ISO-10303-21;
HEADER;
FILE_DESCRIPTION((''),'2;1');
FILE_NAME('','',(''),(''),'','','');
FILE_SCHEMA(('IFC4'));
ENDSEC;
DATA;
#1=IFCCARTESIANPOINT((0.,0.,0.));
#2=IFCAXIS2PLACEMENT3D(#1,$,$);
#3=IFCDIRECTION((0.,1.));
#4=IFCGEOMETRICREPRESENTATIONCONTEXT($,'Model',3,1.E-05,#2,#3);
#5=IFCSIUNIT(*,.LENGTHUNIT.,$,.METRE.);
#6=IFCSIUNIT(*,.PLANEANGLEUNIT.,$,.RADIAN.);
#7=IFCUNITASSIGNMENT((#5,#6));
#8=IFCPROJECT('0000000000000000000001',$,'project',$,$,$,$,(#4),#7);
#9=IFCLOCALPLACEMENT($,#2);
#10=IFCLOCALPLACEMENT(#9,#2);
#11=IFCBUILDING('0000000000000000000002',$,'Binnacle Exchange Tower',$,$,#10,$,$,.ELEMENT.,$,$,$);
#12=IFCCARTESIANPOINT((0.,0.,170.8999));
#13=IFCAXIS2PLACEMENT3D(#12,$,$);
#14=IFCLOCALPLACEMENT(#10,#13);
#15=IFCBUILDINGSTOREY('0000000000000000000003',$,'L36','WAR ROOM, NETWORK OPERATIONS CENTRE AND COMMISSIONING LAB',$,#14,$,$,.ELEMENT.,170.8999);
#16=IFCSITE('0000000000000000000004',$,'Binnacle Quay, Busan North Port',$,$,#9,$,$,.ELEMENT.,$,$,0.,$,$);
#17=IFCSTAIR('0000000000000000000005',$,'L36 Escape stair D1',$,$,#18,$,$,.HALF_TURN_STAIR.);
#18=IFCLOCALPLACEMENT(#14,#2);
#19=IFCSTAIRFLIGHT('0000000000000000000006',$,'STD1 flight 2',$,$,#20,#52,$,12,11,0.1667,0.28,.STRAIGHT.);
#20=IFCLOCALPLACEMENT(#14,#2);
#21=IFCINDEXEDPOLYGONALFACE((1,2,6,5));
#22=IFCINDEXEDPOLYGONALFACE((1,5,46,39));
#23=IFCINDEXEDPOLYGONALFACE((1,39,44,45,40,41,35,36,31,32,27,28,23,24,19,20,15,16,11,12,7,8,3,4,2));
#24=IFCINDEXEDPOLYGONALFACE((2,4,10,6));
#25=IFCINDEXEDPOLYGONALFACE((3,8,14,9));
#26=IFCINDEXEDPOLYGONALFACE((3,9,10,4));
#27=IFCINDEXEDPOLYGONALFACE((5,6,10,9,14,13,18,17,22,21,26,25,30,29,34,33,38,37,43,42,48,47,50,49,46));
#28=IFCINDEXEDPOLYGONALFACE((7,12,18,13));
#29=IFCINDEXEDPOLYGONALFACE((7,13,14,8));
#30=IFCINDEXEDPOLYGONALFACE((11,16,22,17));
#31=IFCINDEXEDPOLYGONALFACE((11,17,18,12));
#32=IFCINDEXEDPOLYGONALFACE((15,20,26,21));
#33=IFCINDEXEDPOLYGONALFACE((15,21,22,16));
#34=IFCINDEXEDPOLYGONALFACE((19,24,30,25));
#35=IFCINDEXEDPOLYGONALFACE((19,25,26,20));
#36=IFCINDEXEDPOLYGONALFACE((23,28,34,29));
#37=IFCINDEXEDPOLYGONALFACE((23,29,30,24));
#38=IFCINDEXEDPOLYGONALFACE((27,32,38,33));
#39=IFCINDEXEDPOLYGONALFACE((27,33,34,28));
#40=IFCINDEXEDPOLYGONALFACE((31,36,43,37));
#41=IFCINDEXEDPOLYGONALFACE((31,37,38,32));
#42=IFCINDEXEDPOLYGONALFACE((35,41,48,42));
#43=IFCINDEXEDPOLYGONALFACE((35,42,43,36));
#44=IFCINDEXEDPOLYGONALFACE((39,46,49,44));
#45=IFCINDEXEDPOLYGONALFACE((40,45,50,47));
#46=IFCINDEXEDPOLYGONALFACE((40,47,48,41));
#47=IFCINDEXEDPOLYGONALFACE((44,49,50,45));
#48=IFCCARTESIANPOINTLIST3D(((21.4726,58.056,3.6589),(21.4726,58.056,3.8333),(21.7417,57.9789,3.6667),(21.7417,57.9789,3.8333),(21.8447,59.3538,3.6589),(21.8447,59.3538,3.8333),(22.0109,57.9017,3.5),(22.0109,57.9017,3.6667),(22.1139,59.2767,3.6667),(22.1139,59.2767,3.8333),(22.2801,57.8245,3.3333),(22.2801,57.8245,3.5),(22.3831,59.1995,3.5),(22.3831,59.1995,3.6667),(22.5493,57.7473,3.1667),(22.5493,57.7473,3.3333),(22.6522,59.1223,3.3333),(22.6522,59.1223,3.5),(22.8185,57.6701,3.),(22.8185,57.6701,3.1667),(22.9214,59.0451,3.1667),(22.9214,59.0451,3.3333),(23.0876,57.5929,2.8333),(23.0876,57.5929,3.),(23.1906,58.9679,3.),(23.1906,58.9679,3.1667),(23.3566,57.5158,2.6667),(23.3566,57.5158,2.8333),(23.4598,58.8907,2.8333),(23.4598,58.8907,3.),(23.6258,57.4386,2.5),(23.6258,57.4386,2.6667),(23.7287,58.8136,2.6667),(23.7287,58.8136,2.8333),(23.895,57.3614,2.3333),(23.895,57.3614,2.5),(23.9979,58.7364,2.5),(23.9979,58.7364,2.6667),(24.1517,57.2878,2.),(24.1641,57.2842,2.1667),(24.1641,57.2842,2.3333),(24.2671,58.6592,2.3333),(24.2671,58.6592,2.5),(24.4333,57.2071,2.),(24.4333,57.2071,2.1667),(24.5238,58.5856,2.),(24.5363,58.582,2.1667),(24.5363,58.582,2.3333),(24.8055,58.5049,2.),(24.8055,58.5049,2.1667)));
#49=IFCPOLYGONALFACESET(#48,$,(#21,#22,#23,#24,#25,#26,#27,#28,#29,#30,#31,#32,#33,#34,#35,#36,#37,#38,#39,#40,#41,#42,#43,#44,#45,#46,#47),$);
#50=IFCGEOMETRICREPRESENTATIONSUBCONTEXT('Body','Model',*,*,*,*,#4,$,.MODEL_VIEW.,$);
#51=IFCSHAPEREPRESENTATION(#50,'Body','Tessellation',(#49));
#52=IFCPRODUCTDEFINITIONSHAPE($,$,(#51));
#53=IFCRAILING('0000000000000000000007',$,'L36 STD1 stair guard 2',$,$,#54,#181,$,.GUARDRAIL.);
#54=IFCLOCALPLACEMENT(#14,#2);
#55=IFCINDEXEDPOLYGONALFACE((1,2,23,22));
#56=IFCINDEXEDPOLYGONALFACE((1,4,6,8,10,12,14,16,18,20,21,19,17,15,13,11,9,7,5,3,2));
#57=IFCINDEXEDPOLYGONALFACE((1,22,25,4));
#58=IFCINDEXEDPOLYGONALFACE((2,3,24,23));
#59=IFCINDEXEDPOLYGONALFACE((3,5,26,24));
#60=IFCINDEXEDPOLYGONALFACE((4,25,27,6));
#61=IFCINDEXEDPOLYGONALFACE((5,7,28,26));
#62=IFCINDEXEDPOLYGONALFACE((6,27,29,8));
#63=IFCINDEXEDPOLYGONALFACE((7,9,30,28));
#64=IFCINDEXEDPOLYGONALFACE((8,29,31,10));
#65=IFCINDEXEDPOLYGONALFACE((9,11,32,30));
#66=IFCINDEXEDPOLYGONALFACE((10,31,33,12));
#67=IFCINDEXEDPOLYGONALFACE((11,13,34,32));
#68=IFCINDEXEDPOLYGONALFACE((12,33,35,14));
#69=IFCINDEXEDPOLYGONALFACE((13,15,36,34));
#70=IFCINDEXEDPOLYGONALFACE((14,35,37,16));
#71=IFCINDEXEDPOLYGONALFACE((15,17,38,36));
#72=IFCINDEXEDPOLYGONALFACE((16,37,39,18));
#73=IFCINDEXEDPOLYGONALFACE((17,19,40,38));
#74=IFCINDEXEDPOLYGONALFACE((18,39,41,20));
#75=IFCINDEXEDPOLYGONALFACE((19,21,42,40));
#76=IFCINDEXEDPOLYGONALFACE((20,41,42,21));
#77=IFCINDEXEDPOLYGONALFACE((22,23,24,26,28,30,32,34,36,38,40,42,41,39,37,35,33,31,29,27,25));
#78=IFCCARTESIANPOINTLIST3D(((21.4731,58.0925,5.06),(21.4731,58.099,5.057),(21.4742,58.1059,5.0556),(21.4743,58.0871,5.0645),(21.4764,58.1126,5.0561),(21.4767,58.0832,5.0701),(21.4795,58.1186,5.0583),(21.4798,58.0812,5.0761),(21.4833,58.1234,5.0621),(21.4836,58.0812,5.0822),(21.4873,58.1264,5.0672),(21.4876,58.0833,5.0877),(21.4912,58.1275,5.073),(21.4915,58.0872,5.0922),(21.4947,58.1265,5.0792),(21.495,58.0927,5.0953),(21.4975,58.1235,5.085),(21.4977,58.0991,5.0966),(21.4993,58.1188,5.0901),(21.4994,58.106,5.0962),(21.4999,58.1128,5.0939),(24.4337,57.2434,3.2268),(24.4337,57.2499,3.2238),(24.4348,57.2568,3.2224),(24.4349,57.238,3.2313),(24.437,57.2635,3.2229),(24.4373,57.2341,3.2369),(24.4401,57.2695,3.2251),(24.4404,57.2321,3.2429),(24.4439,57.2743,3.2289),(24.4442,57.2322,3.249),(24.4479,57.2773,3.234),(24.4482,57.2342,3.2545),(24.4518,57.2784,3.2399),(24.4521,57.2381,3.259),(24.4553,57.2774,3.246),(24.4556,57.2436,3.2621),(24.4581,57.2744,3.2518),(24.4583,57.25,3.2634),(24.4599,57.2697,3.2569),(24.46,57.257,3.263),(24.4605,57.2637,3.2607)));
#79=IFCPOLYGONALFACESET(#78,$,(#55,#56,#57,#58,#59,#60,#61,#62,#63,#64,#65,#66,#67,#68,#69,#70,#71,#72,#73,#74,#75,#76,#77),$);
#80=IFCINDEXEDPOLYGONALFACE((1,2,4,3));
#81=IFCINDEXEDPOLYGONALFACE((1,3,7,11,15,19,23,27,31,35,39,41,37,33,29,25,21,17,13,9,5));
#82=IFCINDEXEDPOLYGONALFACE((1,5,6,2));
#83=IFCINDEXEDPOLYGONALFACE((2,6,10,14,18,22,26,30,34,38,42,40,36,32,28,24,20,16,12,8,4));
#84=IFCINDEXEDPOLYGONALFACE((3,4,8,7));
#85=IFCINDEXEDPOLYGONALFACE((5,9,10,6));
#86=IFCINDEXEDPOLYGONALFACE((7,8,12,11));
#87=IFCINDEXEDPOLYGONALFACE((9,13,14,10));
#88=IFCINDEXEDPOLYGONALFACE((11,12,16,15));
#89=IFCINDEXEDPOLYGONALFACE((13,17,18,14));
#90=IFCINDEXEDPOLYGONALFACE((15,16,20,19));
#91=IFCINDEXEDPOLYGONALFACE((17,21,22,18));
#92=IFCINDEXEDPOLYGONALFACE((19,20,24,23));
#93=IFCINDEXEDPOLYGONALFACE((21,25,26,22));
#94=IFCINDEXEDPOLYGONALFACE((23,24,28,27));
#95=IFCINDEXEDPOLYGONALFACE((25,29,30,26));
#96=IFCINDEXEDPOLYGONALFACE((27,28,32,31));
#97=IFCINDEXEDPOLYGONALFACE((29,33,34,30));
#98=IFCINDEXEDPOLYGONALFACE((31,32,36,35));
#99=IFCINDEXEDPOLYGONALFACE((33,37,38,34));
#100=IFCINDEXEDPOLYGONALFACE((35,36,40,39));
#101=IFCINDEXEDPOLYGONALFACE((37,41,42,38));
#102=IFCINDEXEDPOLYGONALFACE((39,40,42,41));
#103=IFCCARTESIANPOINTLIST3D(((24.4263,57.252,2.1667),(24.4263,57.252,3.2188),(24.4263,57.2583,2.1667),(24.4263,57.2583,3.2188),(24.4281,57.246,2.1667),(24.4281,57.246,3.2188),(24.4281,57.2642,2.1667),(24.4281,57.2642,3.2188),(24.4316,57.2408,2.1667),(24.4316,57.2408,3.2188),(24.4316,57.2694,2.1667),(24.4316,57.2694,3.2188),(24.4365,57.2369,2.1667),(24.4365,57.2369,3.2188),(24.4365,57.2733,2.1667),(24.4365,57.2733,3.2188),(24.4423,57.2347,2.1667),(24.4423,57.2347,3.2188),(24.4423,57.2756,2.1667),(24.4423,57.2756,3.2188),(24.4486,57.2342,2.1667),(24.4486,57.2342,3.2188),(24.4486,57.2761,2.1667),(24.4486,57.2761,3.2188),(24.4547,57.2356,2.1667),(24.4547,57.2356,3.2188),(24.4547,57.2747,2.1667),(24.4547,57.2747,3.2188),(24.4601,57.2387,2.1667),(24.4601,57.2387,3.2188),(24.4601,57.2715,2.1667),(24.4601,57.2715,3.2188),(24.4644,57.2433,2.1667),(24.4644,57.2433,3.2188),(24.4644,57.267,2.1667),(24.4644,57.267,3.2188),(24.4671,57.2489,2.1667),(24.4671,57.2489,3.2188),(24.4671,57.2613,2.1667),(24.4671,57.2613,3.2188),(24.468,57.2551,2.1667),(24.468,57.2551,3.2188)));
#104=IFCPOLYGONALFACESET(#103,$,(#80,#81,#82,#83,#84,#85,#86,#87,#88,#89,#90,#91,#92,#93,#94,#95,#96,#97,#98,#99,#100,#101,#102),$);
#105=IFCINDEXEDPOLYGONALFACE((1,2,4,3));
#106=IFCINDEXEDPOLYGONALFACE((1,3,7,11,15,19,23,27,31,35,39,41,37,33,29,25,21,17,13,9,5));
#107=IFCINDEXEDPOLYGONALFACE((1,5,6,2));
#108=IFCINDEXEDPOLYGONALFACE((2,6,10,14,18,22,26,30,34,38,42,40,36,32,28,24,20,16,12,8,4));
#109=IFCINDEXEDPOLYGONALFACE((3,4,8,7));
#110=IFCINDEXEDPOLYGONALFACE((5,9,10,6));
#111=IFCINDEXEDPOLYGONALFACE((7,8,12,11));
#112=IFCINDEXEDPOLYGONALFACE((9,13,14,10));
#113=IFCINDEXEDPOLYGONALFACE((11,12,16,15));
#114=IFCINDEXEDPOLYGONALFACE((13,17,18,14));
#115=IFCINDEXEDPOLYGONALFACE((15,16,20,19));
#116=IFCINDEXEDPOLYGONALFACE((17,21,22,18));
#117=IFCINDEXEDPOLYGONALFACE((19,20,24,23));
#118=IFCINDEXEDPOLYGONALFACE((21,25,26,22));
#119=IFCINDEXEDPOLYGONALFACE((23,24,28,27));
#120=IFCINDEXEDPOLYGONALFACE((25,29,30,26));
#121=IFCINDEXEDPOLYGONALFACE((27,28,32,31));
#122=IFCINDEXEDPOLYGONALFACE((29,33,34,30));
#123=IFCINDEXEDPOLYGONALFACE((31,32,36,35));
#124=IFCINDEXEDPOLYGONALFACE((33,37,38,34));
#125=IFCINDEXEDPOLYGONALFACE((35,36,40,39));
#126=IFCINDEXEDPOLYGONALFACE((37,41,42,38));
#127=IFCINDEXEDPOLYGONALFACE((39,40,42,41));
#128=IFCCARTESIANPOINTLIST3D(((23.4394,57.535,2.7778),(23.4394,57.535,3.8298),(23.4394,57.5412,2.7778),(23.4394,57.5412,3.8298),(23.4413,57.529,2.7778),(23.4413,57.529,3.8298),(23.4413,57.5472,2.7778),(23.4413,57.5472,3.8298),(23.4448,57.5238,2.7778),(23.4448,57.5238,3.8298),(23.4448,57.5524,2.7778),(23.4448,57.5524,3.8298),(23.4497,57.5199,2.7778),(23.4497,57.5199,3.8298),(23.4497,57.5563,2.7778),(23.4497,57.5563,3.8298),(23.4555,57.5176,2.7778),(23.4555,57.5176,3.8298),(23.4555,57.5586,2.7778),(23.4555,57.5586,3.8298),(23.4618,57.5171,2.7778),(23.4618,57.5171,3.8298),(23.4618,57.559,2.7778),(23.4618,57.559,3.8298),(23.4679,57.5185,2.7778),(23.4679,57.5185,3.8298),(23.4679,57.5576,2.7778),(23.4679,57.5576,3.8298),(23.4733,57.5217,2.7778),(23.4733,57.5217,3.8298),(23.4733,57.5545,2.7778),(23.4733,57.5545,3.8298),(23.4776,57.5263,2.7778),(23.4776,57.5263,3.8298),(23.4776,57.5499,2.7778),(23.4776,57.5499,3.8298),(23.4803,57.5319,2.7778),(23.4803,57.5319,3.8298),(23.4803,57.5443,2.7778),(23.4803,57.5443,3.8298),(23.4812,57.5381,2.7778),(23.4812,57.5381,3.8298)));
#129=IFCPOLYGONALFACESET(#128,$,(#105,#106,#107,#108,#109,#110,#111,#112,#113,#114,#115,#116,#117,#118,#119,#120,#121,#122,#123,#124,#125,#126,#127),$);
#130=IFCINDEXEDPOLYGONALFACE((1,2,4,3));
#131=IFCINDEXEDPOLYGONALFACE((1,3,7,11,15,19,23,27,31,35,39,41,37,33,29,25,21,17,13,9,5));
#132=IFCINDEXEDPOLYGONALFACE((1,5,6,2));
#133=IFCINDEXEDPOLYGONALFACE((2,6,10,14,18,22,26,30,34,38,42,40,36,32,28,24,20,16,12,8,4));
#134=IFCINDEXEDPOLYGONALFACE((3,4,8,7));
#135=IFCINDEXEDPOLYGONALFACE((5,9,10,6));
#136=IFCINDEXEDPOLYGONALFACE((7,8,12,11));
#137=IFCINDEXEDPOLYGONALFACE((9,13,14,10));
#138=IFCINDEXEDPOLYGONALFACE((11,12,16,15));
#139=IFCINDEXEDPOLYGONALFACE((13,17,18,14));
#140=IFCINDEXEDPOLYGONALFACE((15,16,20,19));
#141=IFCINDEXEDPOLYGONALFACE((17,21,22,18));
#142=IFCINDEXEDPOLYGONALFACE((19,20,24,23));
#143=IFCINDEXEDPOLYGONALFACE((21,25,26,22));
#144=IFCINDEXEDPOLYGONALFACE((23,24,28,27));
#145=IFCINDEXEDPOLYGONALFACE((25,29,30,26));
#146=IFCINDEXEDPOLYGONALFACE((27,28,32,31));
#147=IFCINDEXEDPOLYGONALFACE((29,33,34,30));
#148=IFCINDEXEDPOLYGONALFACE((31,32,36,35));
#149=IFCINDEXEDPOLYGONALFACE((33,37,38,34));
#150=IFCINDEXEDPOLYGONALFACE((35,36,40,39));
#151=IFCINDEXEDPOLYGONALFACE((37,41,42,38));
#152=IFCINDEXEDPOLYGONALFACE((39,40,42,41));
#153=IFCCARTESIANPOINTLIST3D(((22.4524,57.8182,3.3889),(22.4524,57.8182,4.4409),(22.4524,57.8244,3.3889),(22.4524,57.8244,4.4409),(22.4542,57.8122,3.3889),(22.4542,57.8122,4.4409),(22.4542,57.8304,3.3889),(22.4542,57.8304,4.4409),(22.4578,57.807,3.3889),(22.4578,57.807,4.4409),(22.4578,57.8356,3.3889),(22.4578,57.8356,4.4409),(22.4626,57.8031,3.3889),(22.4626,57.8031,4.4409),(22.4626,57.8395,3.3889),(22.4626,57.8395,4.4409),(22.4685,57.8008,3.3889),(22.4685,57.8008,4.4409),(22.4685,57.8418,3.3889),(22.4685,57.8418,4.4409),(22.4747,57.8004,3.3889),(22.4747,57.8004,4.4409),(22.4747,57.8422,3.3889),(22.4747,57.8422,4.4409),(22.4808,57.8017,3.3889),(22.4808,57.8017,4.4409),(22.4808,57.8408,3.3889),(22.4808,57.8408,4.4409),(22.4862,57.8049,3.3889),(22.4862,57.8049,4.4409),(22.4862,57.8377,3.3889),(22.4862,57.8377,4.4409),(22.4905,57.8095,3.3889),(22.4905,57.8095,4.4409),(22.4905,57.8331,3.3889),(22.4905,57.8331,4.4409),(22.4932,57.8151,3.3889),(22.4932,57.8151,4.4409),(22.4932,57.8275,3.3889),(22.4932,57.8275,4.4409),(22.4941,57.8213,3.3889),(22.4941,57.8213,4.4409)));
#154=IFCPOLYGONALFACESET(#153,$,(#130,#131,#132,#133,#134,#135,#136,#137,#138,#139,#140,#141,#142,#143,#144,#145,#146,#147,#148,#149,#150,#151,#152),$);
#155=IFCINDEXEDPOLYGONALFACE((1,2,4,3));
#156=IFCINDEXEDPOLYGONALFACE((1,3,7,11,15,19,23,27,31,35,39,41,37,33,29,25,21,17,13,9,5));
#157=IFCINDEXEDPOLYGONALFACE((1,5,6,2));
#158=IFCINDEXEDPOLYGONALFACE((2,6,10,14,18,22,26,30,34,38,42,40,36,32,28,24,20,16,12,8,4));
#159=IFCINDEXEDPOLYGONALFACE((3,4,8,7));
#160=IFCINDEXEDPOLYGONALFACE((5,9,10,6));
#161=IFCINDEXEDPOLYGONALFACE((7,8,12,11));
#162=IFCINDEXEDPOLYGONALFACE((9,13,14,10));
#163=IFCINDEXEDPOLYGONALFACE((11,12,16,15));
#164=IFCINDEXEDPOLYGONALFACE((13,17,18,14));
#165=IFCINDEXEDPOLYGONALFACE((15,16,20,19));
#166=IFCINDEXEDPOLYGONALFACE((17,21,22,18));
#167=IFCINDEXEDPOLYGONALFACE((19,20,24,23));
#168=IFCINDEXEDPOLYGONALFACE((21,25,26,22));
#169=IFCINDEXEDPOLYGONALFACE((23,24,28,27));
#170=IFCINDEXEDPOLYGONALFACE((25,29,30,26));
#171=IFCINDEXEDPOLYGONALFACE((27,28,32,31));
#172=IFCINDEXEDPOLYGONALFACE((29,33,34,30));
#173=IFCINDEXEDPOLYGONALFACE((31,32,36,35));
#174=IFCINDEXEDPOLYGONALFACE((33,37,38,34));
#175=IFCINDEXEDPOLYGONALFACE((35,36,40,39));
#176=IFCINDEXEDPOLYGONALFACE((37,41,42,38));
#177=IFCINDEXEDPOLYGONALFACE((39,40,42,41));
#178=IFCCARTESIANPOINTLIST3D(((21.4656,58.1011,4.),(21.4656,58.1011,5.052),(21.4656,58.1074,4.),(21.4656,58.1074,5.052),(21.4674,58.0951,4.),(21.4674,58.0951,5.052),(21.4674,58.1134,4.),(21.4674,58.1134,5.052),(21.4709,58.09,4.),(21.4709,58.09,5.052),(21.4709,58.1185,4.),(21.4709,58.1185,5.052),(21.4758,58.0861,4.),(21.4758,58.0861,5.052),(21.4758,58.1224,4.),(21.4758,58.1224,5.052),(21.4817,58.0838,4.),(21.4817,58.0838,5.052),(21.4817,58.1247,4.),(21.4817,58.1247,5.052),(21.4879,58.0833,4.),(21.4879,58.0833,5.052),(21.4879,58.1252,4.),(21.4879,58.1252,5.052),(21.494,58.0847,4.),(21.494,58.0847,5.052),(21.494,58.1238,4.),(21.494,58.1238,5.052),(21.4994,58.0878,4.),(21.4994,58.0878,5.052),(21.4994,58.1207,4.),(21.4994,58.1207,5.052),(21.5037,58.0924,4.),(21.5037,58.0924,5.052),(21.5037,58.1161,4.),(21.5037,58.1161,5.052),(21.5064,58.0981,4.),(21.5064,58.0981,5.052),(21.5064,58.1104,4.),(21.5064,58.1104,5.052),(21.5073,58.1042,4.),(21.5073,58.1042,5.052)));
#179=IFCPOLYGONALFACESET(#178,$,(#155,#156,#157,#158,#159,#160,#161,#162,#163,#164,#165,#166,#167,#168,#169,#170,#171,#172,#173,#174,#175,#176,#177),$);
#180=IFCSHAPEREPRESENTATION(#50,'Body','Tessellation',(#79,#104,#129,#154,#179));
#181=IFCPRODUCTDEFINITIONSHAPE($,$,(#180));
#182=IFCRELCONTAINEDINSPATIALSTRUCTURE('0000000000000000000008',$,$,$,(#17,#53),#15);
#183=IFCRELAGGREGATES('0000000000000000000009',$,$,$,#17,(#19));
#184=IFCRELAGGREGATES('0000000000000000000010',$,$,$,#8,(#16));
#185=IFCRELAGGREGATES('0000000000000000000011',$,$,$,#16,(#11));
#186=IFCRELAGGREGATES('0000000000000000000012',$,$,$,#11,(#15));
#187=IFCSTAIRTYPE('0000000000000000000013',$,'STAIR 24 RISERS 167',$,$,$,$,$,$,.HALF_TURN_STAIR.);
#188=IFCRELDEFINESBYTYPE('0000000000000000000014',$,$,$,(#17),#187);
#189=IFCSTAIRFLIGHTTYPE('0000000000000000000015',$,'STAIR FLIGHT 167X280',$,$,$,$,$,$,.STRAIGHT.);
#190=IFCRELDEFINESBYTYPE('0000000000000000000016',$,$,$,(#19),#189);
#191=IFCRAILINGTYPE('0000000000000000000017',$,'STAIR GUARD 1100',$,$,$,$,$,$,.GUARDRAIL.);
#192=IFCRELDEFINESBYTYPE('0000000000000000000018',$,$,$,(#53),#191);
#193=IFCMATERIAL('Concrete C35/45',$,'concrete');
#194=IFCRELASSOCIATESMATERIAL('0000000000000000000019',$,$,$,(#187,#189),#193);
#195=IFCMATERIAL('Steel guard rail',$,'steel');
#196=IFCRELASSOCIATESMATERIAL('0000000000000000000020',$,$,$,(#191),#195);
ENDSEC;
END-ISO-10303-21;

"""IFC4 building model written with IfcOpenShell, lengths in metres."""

from ifc_helpers import new_model, si_unit, direction, frame, origin, origin_2d, place, context, subcontext, project, spatial, polyline, circle, outline, extrude, material, type_object, element, aggregate, save


model = new_model("IFC4")

# Units and contexts
model_context = context("Model", 3, precision=1e-05, world=origin(), true_north=direction((0.0, 1.0)))
body_context = subcontext(model_context, "Body", "Model", "MODEL_VIEW")
ifc_project = project(units=[si_unit("LENGTHUNIT", "METRE"), si_unit("PLANEANGLEUNIT", "RADIAN")], contexts=[model_context])

# Site, building, storey
site_placement = place(None, origin())
site = spatial("IfcSite", under=ifc_project, at=site_placement, Name="Binnacle Quay, Busan North Port", CompositionType="ELEMENT", RefElevation=0.0)
building_placement = place(site_placement, origin())
building = spatial("IfcBuilding", under=site, at=building_placement, Name="Binnacle Exchange Tower", CompositionType="ELEMENT")
storey_placement = place(building_placement, frame((0.0, 0.0, 170.8999)))
storey = spatial("IfcBuildingStorey", under=building, at=storey_placement, Name="L36", Description="WAR ROOM, NETWORK OPERATIONS CENTRE AND COMMISSIONING LAB", CompositionType="ELEMENT", Elevation=170.8999)

# Stair, stair flight
ifc_material_1 = material(Name="Concrete C35/45", Category="concrete")
stair_type = type_object("IfcStairType", Name="STAIR 24 RISERS 167", PredefinedType="HALF_TURN_STAIR", material=ifc_material_1)
stair_placement = place(storey_placement, origin())
stair = element("IfcStair", 1, at=stair_placement, inside=storey, type_object=stair_type, Name="L36 Escape stair D1", PredefinedType="HALF_TURN_STAIR")
stair_flight_type = type_object("IfcStairFlightType", Name="STAIR FLIGHT 167X280", PredefinedType="STRAIGHT", material=ifc_material_1)
stair_flight_placement = place(storey_placement, frame((24.6194, 57.856, 2.0), z_axis=(0.0, 0.0, 1.0), x_axis=(-0.961262, 0.275637, 0.0)))
stair_flight = element("IfcStairFlight", 2, at=stair_flight_placement, type_object=stair_flight_type, Name="STD1 flight 2", NumberOfRisers=12, NumberOfTreads=11, PredefinedType="STRAIGHT", RiserHeight=0.1667, TreadLength=0.28, context=body_context, shape_type="SweptSolid", body=[
    extrude(outline(polyline([(0.0, 0.0), (0.0, 0.1667), (0.28, 0.1667), (0.28, 0.3333), (0.5601, 0.3333), (0.5601, 0.5), (0.8401, 0.5), (0.8401, 0.6667), (1.1201, 0.6667), (1.1201, 0.8333), (1.3999, 0.8333), (1.3999, 1.0), (1.6799, 1.0), (1.6799, 1.1667), (1.96, 1.1667), (1.96, 1.3333), (2.24, 1.3333), (2.24, 1.5), (2.52, 1.5), (2.52, 1.6667), (2.8, 1.6667), (2.8, 1.8333), (3.0801, 1.8333), (3.0801, 2.0), (3.0801, 1.6589), (0.293, 0.0), (0.0, 0.0)])), frame((0.0, 0.675, 0.0), z_axis=(0.0, -1.0, 0.0), x_axis=(1.0, 0.0, 0.0)), (0.0, 0.0, 1.0), 1.3501),
])
aggregate(stair, [stair_flight])

# Railing
ifc_material_2 = material(Name="Steel guard rail", Category="steel")
railing_type = type_object("IfcRailingType", Name="STAIR GUARD 1100", PredefinedType="GUARDRAIL", material=ifc_material_2)
railing_placement = place(storey_placement, frame((24.447, 57.2551, 2.1667)))
element("IfcRailing", 3, at=railing_placement, inside=storey, type_object=railing_type, Name="L36 STD1 stair guard 2", PredefinedType="GUARDRAIL", context=body_context, shape_type="SweptSolid", body=[
    extrude(circle(Radius=0.0239, at=origin_2d()), frame((0.0, 0.0, 1.0762), z_axis=(-0.826007, 0.236897, 0.511461), x_axis=(-0.275684, -0.961248, 0.0)), (0.0, 0.0, 1.0), 3.5842),
    extrude(circle(Radius=0.021, at=origin_2d()), origin(), (0.0, 0.0, 1.0), 1.052),
    extrude(circle(Radius=0.021, at=origin_2d()), frame((-0.9868, 0.283, 0.6111)), (0.0, 0.0, 1.0), 1.052),
    extrude(circle(Radius=0.021, at=origin_2d()), frame((-1.9739, 0.5662, 1.2222)), (0.0, 0.0, 1.0), 1.052),
    extrude(circle(Radius=0.021, at=origin_2d()), frame((-2.9607, 0.8491, 1.8333)), (0.0, 0.0, 1.0), 1.052),
])

save(model, "model.ifc")
